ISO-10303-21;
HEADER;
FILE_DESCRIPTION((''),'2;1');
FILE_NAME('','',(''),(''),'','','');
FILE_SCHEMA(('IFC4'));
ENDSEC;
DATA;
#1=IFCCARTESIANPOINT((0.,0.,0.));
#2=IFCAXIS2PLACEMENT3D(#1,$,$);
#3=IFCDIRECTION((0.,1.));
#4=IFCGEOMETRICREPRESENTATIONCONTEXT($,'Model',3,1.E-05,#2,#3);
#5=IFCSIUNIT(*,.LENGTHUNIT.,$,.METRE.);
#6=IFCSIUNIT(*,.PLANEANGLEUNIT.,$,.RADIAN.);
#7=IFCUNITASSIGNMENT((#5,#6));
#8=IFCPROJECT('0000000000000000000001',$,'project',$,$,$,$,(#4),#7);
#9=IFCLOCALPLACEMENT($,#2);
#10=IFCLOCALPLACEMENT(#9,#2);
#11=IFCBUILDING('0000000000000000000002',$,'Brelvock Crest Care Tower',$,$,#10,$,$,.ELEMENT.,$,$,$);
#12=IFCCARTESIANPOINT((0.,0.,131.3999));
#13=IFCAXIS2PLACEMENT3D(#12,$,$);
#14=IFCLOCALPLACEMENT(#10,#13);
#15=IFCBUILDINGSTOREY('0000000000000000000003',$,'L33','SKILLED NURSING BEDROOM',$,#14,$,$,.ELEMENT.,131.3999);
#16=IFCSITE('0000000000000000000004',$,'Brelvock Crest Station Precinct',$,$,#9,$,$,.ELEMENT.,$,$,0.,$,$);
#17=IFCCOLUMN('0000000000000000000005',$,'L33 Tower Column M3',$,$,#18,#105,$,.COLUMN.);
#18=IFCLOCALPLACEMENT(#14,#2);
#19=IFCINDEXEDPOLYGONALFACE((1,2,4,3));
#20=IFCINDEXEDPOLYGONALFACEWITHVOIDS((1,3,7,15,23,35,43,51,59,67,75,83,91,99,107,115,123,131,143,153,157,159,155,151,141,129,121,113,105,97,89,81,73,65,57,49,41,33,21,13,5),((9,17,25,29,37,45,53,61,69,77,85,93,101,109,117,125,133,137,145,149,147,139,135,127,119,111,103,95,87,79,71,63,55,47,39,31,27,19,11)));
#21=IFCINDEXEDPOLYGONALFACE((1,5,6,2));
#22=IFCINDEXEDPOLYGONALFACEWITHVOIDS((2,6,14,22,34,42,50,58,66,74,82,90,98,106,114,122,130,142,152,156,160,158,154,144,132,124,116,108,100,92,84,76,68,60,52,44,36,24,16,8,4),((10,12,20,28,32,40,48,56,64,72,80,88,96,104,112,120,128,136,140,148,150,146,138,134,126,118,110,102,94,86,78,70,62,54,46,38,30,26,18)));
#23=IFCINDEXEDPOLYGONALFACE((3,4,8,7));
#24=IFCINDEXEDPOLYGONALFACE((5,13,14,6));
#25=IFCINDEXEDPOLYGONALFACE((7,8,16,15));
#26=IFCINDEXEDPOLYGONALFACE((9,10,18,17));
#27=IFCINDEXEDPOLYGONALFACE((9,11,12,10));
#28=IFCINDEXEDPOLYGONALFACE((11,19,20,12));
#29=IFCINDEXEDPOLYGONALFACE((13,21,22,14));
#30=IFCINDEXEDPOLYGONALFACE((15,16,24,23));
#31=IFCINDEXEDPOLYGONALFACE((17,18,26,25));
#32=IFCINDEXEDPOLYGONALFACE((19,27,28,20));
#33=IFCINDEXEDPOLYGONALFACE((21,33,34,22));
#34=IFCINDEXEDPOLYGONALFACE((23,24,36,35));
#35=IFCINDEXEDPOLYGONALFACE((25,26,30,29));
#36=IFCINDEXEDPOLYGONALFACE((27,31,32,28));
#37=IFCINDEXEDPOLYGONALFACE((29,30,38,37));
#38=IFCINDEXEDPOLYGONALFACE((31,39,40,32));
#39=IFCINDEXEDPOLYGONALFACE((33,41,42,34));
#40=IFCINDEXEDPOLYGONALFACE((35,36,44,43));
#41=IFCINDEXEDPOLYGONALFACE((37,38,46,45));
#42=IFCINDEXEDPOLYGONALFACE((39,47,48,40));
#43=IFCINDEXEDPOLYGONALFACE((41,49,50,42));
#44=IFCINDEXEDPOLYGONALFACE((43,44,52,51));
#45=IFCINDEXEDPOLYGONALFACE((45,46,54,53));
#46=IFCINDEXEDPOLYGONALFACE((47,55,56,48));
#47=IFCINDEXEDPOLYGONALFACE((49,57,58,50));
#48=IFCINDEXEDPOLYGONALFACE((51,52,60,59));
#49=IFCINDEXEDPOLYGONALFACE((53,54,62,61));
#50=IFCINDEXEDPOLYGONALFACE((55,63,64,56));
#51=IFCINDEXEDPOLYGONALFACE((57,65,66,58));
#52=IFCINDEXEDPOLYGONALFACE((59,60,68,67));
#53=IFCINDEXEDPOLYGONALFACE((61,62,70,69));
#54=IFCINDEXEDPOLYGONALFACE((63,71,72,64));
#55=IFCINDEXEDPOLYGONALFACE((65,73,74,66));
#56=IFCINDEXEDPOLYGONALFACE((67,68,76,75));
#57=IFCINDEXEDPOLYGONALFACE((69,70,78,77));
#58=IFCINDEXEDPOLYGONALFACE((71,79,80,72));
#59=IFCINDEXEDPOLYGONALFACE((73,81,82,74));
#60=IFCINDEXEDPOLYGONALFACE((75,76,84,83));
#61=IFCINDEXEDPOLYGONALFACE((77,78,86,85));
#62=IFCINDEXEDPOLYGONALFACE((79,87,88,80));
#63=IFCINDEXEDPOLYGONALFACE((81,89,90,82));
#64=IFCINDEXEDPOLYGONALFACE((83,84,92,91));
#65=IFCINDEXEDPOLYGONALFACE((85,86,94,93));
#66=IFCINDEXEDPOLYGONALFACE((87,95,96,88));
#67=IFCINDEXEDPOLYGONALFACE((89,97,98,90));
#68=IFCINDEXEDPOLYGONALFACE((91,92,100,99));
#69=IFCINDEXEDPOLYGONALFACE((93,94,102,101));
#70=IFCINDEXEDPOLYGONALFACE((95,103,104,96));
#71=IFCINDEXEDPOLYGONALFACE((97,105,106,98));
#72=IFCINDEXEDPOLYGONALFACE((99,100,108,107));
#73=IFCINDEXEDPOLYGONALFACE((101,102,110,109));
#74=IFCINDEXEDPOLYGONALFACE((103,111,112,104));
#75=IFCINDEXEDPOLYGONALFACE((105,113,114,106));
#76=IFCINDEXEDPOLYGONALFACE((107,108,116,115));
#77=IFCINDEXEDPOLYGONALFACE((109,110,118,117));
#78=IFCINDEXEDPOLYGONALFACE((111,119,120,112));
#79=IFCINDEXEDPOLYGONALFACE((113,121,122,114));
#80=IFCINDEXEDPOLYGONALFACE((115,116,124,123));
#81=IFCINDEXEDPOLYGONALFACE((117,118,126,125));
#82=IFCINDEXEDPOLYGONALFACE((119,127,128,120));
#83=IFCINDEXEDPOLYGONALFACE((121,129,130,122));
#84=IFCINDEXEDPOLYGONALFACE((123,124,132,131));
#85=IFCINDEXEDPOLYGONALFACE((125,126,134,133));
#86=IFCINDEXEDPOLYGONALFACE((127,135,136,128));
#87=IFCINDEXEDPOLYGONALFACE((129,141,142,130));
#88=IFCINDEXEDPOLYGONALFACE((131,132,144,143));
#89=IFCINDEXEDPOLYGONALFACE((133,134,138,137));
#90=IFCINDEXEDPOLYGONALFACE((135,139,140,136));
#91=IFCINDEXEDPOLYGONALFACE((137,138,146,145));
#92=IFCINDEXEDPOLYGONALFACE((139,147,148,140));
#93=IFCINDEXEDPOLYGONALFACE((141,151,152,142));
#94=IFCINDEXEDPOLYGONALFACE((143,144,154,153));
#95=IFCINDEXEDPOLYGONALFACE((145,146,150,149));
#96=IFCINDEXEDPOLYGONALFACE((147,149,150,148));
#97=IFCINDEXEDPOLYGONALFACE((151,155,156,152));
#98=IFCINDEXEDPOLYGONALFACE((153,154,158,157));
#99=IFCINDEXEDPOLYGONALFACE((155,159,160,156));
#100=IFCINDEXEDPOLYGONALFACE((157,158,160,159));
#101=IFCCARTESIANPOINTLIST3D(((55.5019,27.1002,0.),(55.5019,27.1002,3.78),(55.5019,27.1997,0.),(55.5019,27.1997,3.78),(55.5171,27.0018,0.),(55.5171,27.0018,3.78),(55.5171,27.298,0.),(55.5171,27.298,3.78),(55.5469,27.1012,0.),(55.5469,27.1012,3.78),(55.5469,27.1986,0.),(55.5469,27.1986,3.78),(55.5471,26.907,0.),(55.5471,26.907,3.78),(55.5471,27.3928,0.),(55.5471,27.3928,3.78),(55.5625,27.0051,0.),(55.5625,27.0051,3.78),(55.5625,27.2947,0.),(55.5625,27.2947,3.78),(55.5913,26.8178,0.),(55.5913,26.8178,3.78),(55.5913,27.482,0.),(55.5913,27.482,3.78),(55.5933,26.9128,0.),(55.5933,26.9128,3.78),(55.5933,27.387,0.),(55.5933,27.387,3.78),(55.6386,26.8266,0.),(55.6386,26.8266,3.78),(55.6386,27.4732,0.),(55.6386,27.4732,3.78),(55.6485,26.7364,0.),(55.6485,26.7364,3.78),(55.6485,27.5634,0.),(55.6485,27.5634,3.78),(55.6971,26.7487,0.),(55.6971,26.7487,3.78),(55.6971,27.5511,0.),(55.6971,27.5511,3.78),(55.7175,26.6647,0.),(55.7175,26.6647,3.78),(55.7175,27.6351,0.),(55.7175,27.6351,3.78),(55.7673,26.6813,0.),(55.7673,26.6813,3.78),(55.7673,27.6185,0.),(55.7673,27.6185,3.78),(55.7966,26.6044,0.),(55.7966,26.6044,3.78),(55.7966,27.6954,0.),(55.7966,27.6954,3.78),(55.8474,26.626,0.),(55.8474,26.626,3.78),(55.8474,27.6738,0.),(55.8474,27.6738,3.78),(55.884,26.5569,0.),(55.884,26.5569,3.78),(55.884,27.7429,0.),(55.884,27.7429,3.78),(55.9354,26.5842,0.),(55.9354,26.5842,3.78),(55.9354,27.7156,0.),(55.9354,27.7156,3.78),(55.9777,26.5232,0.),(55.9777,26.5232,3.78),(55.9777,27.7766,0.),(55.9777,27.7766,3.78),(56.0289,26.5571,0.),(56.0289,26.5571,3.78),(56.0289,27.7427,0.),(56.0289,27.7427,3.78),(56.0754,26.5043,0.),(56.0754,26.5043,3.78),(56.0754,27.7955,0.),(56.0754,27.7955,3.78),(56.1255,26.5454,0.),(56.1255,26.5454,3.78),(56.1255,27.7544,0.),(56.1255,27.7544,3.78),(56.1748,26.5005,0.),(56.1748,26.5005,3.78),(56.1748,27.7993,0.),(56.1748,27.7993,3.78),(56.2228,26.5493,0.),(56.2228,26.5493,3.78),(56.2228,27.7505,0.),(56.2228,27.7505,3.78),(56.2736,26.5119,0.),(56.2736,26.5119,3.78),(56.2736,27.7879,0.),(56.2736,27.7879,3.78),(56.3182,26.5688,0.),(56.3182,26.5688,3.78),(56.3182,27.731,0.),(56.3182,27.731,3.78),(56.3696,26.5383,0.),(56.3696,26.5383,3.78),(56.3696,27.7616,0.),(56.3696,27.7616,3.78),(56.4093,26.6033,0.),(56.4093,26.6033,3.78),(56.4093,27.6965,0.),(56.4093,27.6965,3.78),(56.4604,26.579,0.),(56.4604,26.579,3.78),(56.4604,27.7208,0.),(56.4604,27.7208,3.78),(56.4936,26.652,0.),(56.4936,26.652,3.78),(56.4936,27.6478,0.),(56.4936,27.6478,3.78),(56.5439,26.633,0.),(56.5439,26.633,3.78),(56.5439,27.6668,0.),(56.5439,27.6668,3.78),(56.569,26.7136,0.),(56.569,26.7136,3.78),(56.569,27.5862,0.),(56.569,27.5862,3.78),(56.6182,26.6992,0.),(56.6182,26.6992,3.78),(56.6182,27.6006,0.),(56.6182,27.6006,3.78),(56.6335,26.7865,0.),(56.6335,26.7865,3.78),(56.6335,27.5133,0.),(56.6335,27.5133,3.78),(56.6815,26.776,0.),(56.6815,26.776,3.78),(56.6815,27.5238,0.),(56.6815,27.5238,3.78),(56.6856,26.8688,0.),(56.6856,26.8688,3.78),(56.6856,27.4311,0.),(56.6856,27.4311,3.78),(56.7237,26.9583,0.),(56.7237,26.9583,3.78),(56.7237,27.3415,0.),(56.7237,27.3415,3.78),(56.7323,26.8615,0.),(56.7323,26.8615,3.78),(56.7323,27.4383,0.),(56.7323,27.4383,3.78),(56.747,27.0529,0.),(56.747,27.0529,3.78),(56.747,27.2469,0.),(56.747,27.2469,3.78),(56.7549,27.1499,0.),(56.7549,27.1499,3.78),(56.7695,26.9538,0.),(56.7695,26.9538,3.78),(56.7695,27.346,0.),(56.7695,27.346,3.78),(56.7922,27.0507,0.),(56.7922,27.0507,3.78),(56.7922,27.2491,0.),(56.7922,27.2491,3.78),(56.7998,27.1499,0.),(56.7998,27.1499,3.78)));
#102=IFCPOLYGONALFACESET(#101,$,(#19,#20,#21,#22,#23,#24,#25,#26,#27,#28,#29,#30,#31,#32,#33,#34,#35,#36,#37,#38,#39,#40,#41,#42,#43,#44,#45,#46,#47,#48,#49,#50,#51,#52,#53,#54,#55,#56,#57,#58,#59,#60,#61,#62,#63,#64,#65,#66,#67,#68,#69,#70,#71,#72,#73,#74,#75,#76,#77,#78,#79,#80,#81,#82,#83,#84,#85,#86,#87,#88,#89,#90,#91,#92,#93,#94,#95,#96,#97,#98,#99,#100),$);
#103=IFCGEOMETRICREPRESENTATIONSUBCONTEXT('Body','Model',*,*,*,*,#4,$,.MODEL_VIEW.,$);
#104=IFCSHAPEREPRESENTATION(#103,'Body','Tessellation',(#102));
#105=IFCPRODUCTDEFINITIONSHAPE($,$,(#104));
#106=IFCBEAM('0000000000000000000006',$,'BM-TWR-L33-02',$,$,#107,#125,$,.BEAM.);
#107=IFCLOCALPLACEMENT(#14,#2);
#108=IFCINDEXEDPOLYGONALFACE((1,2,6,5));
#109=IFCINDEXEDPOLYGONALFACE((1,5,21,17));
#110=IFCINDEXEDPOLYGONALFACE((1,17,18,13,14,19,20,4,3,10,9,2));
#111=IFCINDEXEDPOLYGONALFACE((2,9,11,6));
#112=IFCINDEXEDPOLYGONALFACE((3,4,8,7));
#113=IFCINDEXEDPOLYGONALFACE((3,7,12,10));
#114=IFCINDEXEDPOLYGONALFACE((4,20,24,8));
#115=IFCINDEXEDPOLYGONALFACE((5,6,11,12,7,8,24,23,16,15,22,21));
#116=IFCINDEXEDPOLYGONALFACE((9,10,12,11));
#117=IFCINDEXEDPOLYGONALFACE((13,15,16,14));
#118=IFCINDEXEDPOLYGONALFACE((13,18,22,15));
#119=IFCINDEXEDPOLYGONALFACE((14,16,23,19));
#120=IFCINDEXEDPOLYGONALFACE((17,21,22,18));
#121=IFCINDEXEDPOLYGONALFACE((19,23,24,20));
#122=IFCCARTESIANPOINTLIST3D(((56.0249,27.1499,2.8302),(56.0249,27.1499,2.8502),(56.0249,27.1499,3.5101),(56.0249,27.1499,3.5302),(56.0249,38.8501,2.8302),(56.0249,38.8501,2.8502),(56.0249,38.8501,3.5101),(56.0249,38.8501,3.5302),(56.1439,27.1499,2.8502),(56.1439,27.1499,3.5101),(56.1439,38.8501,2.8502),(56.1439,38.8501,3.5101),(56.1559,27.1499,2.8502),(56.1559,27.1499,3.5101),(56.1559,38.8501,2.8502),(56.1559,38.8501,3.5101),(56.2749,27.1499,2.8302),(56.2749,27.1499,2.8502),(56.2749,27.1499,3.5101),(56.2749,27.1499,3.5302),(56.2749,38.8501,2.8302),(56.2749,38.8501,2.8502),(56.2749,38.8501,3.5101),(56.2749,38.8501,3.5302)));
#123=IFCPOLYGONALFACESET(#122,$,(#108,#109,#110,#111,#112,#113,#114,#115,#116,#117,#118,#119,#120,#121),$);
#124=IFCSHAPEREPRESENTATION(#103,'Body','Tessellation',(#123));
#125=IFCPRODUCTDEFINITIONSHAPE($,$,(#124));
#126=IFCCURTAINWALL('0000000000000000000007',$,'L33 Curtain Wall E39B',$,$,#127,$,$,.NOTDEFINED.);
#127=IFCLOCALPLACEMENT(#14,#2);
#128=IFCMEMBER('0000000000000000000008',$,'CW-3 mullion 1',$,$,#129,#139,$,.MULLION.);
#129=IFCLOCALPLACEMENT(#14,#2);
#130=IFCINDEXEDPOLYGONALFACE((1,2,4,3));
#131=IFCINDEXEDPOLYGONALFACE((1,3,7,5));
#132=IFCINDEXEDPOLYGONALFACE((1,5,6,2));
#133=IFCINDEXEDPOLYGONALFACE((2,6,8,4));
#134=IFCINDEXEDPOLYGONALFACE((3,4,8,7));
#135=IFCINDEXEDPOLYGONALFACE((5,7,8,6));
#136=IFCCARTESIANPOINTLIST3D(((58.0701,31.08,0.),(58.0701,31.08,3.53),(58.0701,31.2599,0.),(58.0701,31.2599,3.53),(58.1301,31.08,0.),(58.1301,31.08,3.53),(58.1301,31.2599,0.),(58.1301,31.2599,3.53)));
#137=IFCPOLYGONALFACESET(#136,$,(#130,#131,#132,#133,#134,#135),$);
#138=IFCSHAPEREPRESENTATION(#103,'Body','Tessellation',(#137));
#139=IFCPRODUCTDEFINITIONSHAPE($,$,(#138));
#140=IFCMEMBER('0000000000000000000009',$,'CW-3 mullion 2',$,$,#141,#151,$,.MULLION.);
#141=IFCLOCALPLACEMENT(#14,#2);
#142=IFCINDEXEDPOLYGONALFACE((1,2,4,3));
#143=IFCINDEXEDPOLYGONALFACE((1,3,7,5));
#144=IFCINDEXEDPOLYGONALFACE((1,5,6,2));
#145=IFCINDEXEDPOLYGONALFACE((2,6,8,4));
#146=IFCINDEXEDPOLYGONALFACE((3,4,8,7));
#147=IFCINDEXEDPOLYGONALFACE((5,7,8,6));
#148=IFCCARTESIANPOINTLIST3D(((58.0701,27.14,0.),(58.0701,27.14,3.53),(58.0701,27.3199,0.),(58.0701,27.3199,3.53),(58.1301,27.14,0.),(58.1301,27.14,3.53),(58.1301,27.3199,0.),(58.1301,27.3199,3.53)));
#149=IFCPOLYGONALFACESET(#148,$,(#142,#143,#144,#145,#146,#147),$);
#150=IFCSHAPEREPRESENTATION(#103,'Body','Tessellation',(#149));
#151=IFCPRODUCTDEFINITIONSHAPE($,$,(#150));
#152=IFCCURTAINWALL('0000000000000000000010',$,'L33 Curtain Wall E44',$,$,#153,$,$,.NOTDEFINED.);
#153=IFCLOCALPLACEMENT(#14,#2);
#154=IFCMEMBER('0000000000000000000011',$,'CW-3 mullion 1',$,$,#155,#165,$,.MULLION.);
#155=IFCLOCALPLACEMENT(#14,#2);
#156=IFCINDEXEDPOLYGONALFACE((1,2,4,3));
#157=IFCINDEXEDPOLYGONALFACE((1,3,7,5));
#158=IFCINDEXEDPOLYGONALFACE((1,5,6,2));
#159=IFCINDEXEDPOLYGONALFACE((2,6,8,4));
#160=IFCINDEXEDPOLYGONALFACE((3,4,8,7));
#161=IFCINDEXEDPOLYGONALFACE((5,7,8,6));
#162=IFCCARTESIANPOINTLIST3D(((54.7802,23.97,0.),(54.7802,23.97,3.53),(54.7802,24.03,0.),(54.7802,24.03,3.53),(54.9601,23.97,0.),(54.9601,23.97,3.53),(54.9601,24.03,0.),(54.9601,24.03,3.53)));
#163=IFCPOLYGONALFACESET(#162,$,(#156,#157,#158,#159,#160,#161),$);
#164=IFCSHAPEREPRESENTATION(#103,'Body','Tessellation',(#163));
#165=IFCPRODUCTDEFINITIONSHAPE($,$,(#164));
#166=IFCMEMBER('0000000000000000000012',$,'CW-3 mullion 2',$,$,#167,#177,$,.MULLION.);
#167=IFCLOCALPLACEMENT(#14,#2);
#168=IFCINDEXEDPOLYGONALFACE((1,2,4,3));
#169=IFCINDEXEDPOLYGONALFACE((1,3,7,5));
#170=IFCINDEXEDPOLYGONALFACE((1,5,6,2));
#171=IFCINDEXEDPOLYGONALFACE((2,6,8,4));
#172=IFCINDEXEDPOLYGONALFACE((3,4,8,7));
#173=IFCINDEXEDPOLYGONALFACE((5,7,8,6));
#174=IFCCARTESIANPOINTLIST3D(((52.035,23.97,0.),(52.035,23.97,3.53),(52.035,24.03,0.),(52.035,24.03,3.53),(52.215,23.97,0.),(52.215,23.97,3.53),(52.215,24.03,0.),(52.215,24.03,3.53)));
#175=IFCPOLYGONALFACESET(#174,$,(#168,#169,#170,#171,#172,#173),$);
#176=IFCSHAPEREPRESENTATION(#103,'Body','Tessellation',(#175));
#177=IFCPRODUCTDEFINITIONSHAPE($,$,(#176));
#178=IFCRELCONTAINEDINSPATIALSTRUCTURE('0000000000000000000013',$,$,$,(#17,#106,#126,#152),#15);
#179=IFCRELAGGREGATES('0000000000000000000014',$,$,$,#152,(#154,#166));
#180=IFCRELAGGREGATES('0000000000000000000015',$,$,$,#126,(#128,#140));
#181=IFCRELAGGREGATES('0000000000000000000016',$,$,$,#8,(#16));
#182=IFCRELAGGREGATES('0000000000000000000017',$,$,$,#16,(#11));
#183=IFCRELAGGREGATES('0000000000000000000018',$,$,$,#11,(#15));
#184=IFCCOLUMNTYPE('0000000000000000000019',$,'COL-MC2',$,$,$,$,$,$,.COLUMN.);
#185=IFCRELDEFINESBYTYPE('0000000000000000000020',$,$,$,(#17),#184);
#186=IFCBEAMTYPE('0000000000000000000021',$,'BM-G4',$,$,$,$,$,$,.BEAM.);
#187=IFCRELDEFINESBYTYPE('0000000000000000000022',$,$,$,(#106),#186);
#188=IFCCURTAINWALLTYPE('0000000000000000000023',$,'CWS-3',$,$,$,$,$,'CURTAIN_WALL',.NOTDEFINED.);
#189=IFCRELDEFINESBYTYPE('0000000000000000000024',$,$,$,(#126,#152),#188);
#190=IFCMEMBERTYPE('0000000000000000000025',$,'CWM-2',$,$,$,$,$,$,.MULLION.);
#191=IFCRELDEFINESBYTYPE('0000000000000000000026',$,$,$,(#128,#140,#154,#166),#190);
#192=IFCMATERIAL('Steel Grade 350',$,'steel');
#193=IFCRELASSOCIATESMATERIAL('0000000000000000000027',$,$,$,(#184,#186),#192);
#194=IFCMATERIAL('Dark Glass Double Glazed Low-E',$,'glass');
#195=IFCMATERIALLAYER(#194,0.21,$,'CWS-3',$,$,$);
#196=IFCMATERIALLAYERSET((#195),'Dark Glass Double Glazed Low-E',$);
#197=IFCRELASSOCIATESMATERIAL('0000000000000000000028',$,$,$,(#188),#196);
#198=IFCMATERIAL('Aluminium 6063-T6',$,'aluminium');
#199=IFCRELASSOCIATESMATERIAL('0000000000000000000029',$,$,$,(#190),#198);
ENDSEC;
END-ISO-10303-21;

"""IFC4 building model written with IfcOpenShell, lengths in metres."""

from ifc_helpers import new_model, si_unit, direction, frame, origin, origin_2d, place, context, subcontext, project, spatial, rectangle, hollow_circle, i_section, extrude, source, transform, mapped, material, layer, layer_set, material_profile, profile_set, type_object, element, aggregate, save


model = new_model("IFC4")

# Units and contexts
model_context = context("Model", 3, precision=1e-05, world=origin(), true_north=direction((0.0, 1.0)))
body_context = subcontext(model_context, "Body", "Model", "MODEL_VIEW")
ifc_project = project(units=[si_unit("LENGTHUNIT", "METRE"), si_unit("PLANEANGLEUNIT", "RADIAN")], contexts=[model_context])

# Site, building, storey
site_placement = place(None, origin())
site = spatial("IfcSite", under=ifc_project, at=site_placement, Name="Brelvock Crest Station Precinct", CompositionType="ELEMENT", RefElevation=0.0)
building_placement = place(site_placement, origin())
building = spatial("IfcBuilding", under=site, at=building_placement, Name="Brelvock Crest Care Tower", CompositionType="ELEMENT")
storey_placement = place(building_placement, frame((0.0, 0.0, 131.3999)))
storey = spatial("IfcBuildingStorey", under=building, at=storey_placement, Name="L33", Description="SKILLED NURSING BEDROOM", CompositionType="ELEMENT", Elevation=131.3999)

# Column
ifc_material_1 = material(Name="Steel Grade 350", Category="steel")
ifc_material_profile_1 = material_profile(ifc_material_1, hollow_circle(Radius=0.6499, WallThickness=0.0449, at=origin_2d()), Name="CFT1300x45")
ifc_profile_set_1 = profile_set([ifc_material_profile_1], Name="Steel Grade 350")
column_type = type_object("IfcColumnType", Name="COL-MC2", PredefinedType="COLUMN", material=ifc_profile_set_1)
shared_shape_1 = source(origin(), body_context, "Body", "SweptSolid", [
    extrude(hollow_circle(Radius=0.6499, WallThickness=0.0449, at=origin_2d()), origin(), (0.0, 0.0, 1.0), 3.78),
])
column_placement = place(storey_placement, frame((56.1499, 27.1499, 0.0), z_axis=(0.0, 0.0, 1.0), x_axis=(1.0, 0.0, 0.0)))
element("IfcColumn", 1, at=column_placement, inside=storey, type_object=column_type, Name="L33 Tower Column M3", PredefinedType="COLUMN", context=body_context, shape_type="MappedRepresentation", body=[
    mapped(shared_shape_1, transform((0.0, 0.0, 0.0), x_axis=(1.0, 0.0, 0.0), y_axis=(0.0, 1.0, 0.0), z_axis=(0.0, 0.0, 1.0), scale=1.0)),
])

# Beam
ifc_material_profile_2 = material_profile(ifc_material_1, i_section(OverallWidth=0.25, OverallDepth=0.7, WebThickness=0.012, FlangeThickness=0.02, at=origin_2d()), Name="700WB150")
ifc_profile_set_2 = profile_set([ifc_material_profile_2], Name="Steel Grade 350")
beam_type = type_object("IfcBeamType", Name="BM-G4", PredefinedType="BEAM", material=ifc_profile_set_2)
shared_shape_2 = source(origin(), body_context, "Body", "SweptSolid", [
    extrude(i_section(OverallWidth=0.25, OverallDepth=0.7, WebThickness=0.012, FlangeThickness=0.02, at=origin_2d()), origin(), (0.0, 0.0, 1.0), 11.7002),
])
beam_placement = place(storey_placement, frame((56.1499, 27.1499, 3.1802), z_axis=(0.0, 1.0, 0.0), x_axis=(-1.0, 0.0, 0.0)))
element("IfcBeam", 2, at=beam_placement, inside=storey, type_object=beam_type, Name="BM-TWR-L33-02", PredefinedType="BEAM", context=body_context, shape_type="MappedRepresentation", body=[
    mapped(shared_shape_2, transform((0.0, 0.0, 0.0), x_axis=(1.0, 0.0, 0.0), y_axis=(0.0, 1.0, 0.0), z_axis=(0.0, 0.0, 1.0), scale=1.0)),
])

# Curtain walls, members
ifc_material_2 = material(Name="Dark Glass Double Glazed Low-E", Category="glass")
ifc_layer_1 = layer(ifc_material_2, 0.21, Name="CWS-3")
ifc_layer_set_1 = layer_set([ifc_layer_1], Name="Dark Glass Double Glazed Low-E")
curtain_wall_type = type_object("IfcCurtainWallType", Name="CWS-3", ElementType="CURTAIN_WALL", PredefinedType="NOTDEFINED", material=ifc_layer_set_1)
curtain_wall_1_placement = place(storey_placement, origin())
curtain_wall_1 = element("IfcCurtainWall", 3, at=curtain_wall_1_placement, inside=storey, type_object=curtain_wall_type, Name="L33 Curtain Wall E39B", PredefinedType="NOTDEFINED")
ifc_material_3 = material(Name="Aluminium 6063-T6", Category="aluminium")
ifc_material_profile_3 = material_profile(ifc_material_3, rectangle(XDim=0.0601, YDim=0.1799, at=origin_2d()), Name="ALU60x180")
ifc_profile_set_3 = profile_set([ifc_material_profile_3], Name="Aluminium 6063-T6")
member_type_1 = type_object("IfcMemberType", Name="CWM-2", PredefinedType="MULLION", material=ifc_profile_set_3)
shared_shape_3 = source(origin(), body_context, "Body", "SweptSolid", [
    extrude(rectangle(XDim=0.0601, YDim=0.1799, at=origin_2d()), origin(), (0.0, 0.0, 1.0), 3.53),
])
member_1_placement = place(storey_placement, frame((58.1001, 31.1699, 0.0), z_axis=(0.0, 0.0, 1.0), x_axis=(1.0, 0.0, 0.0)))
member_1 = element("IfcMember", 4, at=member_1_placement, type_object=member_type_1, Name="CW-3 mullion 1", PredefinedType="MULLION", context=body_context, shape_type="MappedRepresentation", body=[
    mapped(shared_shape_3, transform((0.0, 0.0, 0.0), x_axis=(1.0, 0.0, 0.0), y_axis=(0.0, 1.0, 0.0), z_axis=(0.0, 0.0, 1.0), scale=1.0)),
])
member_2_placement = place(storey_placement, frame((58.1001, 27.23, 0.0), z_axis=(0.0, 0.0, 1.0), x_axis=(1.0, 0.0, 0.0)))
member_2 = element("IfcMember", 5, at=member_2_placement, type_object=member_type_1, Name="CW-3 mullion 2", PredefinedType="MULLION", context=body_context, shape_type="MappedRepresentation", body=[
    mapped(shared_shape_3, transform((0.0, 0.0, 0.0), x_axis=(1.0, 0.0, 0.0), y_axis=(0.0, 1.0, 0.0), z_axis=(0.0, 0.0, 1.0), scale=1.0)),
])
curtain_wall_2_placement = place(storey_placement, origin())
curtain_wall_2 = element("IfcCurtainWall", 6, at=curtain_wall_2_placement, inside=storey, type_object=curtain_wall_type, Name="L33 Curtain Wall E44", PredefinedType="NOTDEFINED")
member_3_placement = place(storey_placement, frame((54.8701, 24.0, 0.0), z_axis=(0.0, 0.0, 1.0), x_axis=(0.0, -1.0, 0.0)))
member_3 = element("IfcMember", 7, at=member_3_placement, type_object=member_type_1, Name="CW-3 mullion 1", PredefinedType="MULLION", context=body_context, shape_type="MappedRepresentation", body=[
    mapped(shared_shape_3, transform((0.0, 0.0, 0.0), x_axis=(1.0, 0.0, 0.0), y_axis=(0.0, 1.0, 0.0), z_axis=(0.0, 0.0, 1.0), scale=1.0)),
])
member_4_placement = place(storey_placement, frame((52.125, 24.0, 0.0), z_axis=(0.0, 0.0, 1.0), x_axis=(0.0, -1.0, 0.0)))
member_4 = element("IfcMember", 8, at=member_4_placement, type_object=member_type_1, Name="CW-3 mullion 2", PredefinedType="MULLION", context=body_context, shape_type="MappedRepresentation", body=[
    mapped(shared_shape_3, transform((0.0, 0.0, 0.0), x_axis=(1.0, 0.0, 0.0), y_axis=(0.0, 1.0, 0.0), z_axis=(0.0, 0.0, 1.0), scale=1.0)),
])

aggregate(curtain_wall_2, [member_3, member_4])
aggregate(curtain_wall_1, [member_1, member_2])

save(model, "model.ifc")
